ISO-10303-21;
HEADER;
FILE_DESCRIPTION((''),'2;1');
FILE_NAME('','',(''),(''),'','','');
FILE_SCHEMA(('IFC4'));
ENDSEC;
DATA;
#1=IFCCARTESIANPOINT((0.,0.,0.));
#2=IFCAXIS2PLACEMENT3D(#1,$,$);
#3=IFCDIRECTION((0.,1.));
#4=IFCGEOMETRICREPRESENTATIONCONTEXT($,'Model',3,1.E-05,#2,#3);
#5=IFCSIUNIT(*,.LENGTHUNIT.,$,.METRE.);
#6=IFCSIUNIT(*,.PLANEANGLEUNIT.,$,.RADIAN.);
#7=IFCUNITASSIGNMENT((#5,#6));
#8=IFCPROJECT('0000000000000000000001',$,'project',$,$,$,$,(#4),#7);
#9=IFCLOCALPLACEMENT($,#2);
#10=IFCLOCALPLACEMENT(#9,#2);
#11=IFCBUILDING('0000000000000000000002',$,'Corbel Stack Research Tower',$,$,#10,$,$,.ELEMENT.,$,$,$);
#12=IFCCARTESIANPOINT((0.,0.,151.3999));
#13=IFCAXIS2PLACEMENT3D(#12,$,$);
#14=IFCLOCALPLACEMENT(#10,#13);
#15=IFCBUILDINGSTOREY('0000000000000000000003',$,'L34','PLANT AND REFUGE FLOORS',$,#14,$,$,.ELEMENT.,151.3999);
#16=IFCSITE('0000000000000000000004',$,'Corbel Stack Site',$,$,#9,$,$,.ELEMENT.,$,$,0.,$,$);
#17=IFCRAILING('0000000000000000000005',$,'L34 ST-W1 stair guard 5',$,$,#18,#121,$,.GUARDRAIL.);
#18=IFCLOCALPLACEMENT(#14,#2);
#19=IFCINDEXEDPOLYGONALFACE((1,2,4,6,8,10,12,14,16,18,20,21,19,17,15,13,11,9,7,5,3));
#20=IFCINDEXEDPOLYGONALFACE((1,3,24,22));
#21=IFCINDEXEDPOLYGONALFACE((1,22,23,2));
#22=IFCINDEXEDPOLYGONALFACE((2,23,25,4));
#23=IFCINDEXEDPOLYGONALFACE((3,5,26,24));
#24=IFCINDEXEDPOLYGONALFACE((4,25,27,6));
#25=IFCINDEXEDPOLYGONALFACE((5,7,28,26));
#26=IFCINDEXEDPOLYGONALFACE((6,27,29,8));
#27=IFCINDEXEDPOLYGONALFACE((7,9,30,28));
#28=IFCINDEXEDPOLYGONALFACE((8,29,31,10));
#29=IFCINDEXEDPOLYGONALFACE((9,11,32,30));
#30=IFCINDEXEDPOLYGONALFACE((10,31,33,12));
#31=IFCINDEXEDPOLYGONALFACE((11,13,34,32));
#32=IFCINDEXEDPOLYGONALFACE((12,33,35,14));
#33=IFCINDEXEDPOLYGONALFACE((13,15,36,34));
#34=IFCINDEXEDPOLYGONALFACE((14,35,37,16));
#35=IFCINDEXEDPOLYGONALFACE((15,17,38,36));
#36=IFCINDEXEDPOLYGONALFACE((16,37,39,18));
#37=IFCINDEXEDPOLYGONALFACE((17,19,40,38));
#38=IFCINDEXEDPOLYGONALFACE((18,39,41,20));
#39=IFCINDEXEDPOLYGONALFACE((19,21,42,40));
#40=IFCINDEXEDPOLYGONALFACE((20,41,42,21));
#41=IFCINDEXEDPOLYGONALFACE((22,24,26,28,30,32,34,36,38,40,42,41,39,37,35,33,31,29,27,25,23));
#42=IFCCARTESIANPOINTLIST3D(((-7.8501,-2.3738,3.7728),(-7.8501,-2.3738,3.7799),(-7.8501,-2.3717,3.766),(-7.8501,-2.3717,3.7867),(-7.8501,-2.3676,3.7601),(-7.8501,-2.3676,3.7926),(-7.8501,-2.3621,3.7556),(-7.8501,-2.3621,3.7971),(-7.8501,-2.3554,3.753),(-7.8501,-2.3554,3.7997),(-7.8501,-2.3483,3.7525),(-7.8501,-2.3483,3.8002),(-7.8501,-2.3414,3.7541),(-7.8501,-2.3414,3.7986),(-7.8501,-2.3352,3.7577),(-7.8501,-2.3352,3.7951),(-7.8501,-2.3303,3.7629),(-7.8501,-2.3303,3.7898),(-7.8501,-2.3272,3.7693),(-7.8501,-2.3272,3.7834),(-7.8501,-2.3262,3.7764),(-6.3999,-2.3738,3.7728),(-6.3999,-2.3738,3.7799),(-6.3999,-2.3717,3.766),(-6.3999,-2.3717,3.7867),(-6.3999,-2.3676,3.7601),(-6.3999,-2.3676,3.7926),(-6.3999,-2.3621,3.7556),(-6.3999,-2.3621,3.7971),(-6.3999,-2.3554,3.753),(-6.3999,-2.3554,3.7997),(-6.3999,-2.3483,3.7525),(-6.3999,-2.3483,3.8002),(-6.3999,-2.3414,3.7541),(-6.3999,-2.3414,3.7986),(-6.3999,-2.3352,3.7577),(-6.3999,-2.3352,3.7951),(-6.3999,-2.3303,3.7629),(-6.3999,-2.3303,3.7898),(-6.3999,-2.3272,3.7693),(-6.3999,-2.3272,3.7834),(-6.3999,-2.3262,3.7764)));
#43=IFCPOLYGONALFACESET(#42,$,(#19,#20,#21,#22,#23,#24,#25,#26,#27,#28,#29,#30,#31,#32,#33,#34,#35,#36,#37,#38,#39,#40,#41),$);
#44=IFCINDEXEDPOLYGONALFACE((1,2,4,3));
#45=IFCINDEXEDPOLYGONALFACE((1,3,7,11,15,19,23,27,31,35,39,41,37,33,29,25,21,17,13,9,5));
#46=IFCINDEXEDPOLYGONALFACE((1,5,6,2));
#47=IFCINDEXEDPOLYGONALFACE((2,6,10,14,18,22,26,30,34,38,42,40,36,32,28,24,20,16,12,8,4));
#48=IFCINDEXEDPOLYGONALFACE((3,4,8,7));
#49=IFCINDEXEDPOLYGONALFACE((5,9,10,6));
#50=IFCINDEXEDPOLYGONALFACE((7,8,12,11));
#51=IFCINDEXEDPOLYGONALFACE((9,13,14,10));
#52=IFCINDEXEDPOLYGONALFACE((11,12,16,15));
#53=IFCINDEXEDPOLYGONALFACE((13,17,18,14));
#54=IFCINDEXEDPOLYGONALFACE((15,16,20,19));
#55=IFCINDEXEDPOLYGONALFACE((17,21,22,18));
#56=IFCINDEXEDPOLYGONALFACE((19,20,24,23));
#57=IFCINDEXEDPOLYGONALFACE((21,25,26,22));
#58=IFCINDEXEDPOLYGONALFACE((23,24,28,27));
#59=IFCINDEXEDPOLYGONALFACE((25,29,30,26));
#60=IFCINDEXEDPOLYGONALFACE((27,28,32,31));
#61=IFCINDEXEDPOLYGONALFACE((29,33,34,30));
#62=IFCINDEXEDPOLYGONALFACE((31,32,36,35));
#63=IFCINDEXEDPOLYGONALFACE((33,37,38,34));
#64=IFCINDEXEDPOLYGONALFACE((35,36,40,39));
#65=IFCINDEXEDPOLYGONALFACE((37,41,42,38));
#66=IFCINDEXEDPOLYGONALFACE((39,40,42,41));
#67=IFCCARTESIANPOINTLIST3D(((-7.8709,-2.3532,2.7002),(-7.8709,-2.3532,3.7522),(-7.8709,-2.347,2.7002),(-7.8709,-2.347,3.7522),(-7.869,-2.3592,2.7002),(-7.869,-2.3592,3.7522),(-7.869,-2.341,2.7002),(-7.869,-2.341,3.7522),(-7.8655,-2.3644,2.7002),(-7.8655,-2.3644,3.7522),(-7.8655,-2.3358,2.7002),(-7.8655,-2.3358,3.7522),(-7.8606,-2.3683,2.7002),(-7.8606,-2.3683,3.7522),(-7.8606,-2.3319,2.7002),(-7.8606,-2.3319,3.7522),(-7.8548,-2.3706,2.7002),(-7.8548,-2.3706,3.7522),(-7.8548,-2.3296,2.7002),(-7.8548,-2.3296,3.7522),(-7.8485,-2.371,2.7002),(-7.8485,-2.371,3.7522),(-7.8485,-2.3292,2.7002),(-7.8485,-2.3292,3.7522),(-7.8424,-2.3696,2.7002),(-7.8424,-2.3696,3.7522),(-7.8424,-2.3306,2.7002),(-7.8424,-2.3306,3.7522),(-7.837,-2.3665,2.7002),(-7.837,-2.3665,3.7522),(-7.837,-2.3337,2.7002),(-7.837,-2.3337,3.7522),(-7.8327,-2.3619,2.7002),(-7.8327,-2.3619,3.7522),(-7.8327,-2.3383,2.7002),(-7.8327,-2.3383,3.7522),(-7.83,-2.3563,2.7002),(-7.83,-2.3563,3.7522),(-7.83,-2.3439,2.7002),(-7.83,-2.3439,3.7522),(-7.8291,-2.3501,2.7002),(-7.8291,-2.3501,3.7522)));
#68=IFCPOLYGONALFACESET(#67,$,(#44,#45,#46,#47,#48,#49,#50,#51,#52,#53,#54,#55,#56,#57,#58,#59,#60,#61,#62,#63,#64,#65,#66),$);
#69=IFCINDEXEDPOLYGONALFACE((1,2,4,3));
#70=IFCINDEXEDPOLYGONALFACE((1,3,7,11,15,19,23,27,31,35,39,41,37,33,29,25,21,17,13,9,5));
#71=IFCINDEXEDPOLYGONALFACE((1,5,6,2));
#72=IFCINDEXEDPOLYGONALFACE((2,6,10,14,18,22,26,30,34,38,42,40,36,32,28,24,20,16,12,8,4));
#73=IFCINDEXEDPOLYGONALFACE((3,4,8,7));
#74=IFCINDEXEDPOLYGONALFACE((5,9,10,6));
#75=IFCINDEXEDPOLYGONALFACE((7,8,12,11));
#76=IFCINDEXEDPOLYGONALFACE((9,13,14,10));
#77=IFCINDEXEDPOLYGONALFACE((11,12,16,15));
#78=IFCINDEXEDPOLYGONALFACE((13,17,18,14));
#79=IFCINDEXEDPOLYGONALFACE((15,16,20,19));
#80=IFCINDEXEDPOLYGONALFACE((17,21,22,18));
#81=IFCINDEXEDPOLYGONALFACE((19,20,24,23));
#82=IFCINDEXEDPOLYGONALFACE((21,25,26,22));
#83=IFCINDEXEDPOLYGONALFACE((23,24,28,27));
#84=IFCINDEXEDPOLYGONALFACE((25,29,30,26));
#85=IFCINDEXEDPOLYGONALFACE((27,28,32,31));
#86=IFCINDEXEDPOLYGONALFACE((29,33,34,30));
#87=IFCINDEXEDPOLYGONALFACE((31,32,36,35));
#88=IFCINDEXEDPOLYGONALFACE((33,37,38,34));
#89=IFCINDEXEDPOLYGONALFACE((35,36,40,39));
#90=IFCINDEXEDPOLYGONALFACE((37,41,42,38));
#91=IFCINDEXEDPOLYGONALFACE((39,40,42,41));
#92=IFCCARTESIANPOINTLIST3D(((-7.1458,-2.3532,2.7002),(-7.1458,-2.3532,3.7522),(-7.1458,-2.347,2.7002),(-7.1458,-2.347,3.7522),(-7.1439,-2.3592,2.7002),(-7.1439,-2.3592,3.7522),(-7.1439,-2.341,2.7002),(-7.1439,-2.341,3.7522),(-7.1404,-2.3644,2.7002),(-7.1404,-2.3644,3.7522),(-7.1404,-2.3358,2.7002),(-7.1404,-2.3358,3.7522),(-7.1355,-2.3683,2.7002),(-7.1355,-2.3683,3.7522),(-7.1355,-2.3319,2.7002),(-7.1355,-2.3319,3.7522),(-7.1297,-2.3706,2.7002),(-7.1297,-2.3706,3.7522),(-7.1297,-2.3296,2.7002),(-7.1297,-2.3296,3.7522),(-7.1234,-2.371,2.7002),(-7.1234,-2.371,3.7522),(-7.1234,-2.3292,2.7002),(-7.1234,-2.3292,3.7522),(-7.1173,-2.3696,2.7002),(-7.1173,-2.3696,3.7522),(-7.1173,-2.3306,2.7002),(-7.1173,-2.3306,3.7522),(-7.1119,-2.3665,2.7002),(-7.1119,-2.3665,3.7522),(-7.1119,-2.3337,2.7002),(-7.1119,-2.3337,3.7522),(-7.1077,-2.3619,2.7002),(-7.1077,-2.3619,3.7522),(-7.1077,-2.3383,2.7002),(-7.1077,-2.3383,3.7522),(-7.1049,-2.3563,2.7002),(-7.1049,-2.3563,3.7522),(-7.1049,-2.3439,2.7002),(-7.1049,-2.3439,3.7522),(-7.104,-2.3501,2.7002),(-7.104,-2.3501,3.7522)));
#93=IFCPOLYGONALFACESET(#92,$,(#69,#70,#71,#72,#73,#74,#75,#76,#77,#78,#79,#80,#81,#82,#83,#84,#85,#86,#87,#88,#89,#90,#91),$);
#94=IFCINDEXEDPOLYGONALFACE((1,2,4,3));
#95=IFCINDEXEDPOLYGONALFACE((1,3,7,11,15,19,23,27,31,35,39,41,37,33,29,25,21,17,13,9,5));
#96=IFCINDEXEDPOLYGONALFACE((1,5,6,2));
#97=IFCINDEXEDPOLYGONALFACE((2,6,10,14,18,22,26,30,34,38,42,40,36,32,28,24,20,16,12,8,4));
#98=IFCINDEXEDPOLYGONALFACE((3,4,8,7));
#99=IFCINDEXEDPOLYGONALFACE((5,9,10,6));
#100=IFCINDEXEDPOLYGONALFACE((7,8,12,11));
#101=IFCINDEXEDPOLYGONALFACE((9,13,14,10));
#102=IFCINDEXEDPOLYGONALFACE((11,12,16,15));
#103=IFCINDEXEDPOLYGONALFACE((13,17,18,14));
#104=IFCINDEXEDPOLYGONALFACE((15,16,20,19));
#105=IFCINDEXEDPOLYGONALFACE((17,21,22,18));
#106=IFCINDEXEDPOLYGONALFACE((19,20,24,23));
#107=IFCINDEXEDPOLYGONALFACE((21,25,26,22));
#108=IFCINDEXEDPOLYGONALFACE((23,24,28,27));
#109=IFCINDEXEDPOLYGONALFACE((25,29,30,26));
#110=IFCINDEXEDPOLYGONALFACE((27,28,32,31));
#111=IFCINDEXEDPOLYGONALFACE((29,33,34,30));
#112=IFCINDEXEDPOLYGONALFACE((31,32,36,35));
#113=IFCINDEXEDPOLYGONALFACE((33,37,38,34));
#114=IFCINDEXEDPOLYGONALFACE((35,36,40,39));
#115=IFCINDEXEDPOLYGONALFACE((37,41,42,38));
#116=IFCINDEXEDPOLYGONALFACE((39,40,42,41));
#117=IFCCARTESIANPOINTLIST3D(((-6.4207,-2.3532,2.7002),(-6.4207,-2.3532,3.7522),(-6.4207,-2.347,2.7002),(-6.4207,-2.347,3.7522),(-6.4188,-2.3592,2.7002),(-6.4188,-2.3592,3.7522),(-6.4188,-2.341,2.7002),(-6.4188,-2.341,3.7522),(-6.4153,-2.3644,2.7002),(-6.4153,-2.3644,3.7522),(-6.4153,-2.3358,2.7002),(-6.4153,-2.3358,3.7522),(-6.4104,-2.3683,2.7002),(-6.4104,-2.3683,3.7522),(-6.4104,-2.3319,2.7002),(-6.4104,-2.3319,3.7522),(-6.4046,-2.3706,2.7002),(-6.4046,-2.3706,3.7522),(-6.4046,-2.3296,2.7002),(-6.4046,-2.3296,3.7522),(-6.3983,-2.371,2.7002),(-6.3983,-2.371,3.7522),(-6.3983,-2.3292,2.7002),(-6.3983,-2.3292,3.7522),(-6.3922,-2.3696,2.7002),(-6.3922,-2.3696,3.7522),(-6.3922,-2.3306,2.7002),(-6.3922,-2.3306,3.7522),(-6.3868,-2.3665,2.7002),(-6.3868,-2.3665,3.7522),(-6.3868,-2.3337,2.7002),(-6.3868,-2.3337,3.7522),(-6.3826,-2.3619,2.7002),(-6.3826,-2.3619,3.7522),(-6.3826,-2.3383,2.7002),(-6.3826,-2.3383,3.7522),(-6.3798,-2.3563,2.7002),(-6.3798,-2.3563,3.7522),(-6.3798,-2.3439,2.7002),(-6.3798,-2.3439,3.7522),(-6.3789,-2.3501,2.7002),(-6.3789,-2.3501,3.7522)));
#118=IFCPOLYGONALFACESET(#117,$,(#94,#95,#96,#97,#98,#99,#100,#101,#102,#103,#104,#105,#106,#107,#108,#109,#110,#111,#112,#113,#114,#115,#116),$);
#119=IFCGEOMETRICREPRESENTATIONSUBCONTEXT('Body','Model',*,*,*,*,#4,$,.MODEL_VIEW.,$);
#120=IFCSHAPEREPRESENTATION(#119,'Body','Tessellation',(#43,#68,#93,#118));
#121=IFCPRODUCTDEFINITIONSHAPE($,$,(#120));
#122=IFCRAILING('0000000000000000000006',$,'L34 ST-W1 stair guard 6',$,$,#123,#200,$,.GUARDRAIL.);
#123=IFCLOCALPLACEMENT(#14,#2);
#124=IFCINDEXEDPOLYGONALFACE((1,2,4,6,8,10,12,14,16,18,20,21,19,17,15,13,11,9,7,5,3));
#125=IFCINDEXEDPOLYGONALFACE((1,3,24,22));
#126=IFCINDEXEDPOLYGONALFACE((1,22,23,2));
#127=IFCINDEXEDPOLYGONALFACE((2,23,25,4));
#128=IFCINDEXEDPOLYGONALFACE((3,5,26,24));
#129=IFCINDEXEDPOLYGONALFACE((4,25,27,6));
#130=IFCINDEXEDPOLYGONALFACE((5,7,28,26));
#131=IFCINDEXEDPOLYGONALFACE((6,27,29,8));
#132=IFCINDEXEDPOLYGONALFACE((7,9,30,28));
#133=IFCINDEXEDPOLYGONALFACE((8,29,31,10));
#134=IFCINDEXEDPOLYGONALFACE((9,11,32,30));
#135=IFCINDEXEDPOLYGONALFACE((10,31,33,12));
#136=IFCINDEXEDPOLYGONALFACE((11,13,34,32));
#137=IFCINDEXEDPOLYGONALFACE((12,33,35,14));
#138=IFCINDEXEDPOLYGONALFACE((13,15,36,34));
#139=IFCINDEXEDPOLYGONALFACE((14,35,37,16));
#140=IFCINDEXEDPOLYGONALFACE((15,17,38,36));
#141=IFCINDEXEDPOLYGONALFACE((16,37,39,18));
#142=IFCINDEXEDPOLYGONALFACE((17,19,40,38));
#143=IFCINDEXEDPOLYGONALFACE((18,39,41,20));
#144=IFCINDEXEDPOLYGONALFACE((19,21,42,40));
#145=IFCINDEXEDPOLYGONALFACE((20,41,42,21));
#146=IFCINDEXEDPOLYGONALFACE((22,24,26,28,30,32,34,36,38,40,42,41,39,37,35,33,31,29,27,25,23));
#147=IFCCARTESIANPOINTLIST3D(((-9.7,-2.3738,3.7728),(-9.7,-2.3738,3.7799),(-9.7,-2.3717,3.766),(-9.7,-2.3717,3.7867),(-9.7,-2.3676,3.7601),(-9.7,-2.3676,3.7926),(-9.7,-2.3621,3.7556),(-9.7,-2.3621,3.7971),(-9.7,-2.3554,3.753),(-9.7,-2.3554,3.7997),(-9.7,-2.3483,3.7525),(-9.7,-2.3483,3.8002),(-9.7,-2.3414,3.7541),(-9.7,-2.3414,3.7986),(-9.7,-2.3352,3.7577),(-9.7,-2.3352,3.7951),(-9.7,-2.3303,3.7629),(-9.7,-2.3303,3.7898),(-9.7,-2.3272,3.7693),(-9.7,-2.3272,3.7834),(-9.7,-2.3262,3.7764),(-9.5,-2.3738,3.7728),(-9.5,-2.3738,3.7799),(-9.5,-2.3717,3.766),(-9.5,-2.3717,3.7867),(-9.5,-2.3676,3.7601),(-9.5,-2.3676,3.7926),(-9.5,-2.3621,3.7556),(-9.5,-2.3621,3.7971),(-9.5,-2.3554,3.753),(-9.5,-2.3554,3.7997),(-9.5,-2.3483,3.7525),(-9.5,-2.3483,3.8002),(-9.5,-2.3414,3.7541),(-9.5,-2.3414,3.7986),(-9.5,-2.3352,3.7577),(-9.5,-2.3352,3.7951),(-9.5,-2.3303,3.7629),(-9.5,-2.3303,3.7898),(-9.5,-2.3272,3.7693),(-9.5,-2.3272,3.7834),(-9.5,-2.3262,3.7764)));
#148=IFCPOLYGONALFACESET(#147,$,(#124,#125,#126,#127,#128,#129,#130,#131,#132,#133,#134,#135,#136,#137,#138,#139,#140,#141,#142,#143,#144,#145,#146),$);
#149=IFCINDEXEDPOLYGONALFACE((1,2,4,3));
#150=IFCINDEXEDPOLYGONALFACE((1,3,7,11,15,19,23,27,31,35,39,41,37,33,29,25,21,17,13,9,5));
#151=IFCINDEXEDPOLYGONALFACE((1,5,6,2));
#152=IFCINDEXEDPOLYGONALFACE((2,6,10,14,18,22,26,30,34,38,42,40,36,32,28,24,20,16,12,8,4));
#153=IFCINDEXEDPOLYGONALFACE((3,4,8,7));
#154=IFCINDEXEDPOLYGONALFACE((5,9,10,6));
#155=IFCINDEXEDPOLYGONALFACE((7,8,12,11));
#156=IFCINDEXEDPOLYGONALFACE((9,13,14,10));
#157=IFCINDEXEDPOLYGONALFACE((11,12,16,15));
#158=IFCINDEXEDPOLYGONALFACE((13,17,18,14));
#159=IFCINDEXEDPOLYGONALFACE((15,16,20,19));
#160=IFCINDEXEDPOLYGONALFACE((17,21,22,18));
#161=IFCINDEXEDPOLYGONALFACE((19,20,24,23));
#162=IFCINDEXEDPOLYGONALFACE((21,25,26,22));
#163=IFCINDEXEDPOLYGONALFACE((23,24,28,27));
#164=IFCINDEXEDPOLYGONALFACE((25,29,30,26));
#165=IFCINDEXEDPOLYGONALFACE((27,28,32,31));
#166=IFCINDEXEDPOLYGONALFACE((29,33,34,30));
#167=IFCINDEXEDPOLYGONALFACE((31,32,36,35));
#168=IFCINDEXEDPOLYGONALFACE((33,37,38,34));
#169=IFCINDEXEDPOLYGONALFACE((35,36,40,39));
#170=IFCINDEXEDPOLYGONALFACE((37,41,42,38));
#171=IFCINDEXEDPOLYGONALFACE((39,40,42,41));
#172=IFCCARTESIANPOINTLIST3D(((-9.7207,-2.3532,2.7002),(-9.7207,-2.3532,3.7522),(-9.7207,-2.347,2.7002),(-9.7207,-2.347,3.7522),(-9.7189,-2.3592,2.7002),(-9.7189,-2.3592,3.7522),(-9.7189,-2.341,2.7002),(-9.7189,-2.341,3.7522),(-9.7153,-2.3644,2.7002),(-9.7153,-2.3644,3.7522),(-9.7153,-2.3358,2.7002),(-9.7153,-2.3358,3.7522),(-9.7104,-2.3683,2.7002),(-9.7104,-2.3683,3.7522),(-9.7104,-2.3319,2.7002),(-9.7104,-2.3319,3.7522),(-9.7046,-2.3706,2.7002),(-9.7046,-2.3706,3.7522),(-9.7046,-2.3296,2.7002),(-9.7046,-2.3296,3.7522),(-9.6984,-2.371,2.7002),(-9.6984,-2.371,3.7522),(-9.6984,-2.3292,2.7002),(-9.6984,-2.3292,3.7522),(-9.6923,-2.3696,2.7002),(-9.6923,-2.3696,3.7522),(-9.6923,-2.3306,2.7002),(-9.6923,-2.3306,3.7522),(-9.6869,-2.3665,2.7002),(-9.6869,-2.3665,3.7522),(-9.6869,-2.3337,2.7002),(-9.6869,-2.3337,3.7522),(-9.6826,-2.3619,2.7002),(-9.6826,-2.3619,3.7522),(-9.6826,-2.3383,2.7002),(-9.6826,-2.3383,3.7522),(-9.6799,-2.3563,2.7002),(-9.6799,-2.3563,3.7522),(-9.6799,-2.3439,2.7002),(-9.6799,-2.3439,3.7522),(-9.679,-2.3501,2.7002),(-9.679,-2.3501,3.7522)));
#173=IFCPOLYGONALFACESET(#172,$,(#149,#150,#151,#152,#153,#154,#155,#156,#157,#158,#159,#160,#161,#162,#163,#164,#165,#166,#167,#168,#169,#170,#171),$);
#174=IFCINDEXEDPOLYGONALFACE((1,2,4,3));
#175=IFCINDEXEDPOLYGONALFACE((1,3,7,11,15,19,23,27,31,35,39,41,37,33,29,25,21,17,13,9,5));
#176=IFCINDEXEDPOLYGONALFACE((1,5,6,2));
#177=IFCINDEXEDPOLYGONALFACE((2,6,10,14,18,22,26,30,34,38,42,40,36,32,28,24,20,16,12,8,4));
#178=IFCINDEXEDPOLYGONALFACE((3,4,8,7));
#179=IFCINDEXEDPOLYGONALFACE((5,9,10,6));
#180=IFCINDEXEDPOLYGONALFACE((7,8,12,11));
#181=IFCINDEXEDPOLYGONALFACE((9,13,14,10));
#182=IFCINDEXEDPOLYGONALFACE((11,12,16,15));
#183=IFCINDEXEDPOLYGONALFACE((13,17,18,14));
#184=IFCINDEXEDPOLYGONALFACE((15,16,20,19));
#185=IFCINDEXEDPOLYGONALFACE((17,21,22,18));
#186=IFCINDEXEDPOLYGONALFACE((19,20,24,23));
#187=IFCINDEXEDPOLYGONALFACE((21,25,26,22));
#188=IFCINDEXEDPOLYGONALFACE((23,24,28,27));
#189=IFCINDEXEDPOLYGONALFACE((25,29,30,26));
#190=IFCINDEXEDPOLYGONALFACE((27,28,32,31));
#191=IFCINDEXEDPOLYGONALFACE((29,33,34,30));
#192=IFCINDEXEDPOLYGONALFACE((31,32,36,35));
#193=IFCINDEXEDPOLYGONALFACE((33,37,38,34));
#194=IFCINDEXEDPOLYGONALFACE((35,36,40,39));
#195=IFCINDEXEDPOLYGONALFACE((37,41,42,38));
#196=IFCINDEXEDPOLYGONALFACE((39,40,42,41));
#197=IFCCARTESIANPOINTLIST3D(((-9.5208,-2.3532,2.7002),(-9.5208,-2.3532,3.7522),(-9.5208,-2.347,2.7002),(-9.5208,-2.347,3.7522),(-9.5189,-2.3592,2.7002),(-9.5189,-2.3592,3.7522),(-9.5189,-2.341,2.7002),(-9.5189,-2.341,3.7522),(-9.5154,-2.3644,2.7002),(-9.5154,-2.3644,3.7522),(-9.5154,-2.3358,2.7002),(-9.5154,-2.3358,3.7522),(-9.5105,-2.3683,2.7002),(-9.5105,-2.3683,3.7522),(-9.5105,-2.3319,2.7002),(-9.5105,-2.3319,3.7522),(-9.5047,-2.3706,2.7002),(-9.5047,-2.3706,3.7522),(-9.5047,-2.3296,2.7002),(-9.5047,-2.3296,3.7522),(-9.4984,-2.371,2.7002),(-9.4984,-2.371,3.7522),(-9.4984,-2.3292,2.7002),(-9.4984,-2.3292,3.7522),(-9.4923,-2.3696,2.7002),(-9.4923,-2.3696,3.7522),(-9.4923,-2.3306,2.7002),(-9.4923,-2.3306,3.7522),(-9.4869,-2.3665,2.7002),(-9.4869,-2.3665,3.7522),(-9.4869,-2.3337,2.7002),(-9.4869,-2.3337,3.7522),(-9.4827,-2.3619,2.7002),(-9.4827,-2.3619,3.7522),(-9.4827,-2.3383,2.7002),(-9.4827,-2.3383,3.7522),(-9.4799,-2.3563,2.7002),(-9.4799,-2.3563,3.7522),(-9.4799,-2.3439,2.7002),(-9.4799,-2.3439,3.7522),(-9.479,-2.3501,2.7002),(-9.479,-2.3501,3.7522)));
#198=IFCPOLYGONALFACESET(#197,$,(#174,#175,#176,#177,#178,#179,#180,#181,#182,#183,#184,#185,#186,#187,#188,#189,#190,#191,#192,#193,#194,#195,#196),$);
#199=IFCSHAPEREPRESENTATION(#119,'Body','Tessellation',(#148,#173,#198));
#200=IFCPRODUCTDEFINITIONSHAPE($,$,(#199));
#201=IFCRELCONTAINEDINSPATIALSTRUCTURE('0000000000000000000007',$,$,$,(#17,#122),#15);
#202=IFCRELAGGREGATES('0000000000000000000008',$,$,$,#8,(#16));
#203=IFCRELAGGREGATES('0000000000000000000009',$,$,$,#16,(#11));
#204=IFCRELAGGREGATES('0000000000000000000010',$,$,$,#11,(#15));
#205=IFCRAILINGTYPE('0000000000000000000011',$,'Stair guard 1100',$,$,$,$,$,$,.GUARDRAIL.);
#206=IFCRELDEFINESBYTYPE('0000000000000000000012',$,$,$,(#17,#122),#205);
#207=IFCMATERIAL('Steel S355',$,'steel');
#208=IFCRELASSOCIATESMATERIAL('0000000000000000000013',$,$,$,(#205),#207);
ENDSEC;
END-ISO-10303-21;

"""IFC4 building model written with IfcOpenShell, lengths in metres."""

from ifc_helpers import new_model, si_unit, direction, frame, origin, origin_2d, place, context, subcontext, project, spatial, circle, extrude, material, type_object, element, save


model = new_model("IFC4")

# Units and contexts
model_context = context("Model", 3, precision=1e-05, world=origin(), true_north=direction((0.0, 1.0)))
body_context = subcontext(model_context, "Body", "Model", "MODEL_VIEW")
ifc_project = project(units=[si_unit("LENGTHUNIT", "METRE"), si_unit("PLANEANGLEUNIT", "RADIAN")], contexts=[model_context])

# Site, building, storey
site_placement = place(None, origin())
site = spatial("IfcSite", under=ifc_project, at=site_placement, Name="Corbel Stack Site", CompositionType="ELEMENT", RefElevation=0.0)
building_placement = place(site_placement, origin())
building = spatial("IfcBuilding", under=site, at=building_placement, Name="Corbel Stack Research Tower", CompositionType="ELEMENT")
storey_placement = place(building_placement, frame((0.0, 0.0, 151.3999)))
storey = spatial("IfcBuildingStorey", under=building, at=storey_placement, Name="L34", Description="PLANT AND REFUGE FLOORS", CompositionType="ELEMENT", Elevation=151.3999)

# Railings
ifc_material_1 = material(Name="Steel S355", Category="steel")
railing_type_1 = type_object("IfcRailingType", Name="Stair guard 1100", PredefinedType="GUARDRAIL", material=ifc_material_1)
railing_1_placement = place(storey_placement, frame((-7.8501, -2.3501, 2.7002)))
element("IfcRailing", 1, at=railing_1_placement, inside=storey, type_object=railing_type_1, Name="L34 ST-W1 stair guard 5", PredefinedType="GUARDRAIL", context=body_context, shape_type="SweptSolid", body=[
    extrude(circle(Radius=0.0239, at=origin_2d()), frame((0.0, 0.0, 1.0762), z_axis=(1.0, 0.0, 0.0), x_axis=(0.0, 1.0, 0.0)), (0.0, 0.0, 1.0), 1.4502),
    extrude(circle(Radius=0.021, at=origin_2d()), origin(), (0.0, 0.0, 1.0), 1.052),
    extrude(circle(Radius=0.021, at=origin_2d()), frame((0.7251, 0.0, 0.0)), (0.0, 0.0, 1.0), 1.052),
    extrude(circle(Radius=0.021, at=origin_2d()), frame((1.4502, 0.0, 0.0)), (0.0, 0.0, 1.0), 1.052),
])
railing_2_placement = place(storey_placement, frame((-9.7, -2.3501, 2.7002)))
element("IfcRailing", 2, at=railing_2_placement, inside=storey, type_object=railing_type_1, Name="L34 ST-W1 stair guard 6", PredefinedType="GUARDRAIL", context=body_context, shape_type="SweptSolid", body=[
    extrude(circle(Radius=0.0239, at=origin_2d()), frame((0.0, 0.0, 1.0762), z_axis=(1.0, 0.0, 0.0), x_axis=(0.0, 1.0, 0.0)), (0.0, 0.0, 1.0), 0.2),
    extrude(circle(Radius=0.021, at=origin_2d()), origin(), (0.0, 0.0, 1.0), 1.052),
    extrude(circle(Radius=0.021, at=origin_2d()), frame((0.2, 0.0, 0.0)), (0.0, 0.0, 1.0), 1.052),
])

save(model, "model.ifc")
